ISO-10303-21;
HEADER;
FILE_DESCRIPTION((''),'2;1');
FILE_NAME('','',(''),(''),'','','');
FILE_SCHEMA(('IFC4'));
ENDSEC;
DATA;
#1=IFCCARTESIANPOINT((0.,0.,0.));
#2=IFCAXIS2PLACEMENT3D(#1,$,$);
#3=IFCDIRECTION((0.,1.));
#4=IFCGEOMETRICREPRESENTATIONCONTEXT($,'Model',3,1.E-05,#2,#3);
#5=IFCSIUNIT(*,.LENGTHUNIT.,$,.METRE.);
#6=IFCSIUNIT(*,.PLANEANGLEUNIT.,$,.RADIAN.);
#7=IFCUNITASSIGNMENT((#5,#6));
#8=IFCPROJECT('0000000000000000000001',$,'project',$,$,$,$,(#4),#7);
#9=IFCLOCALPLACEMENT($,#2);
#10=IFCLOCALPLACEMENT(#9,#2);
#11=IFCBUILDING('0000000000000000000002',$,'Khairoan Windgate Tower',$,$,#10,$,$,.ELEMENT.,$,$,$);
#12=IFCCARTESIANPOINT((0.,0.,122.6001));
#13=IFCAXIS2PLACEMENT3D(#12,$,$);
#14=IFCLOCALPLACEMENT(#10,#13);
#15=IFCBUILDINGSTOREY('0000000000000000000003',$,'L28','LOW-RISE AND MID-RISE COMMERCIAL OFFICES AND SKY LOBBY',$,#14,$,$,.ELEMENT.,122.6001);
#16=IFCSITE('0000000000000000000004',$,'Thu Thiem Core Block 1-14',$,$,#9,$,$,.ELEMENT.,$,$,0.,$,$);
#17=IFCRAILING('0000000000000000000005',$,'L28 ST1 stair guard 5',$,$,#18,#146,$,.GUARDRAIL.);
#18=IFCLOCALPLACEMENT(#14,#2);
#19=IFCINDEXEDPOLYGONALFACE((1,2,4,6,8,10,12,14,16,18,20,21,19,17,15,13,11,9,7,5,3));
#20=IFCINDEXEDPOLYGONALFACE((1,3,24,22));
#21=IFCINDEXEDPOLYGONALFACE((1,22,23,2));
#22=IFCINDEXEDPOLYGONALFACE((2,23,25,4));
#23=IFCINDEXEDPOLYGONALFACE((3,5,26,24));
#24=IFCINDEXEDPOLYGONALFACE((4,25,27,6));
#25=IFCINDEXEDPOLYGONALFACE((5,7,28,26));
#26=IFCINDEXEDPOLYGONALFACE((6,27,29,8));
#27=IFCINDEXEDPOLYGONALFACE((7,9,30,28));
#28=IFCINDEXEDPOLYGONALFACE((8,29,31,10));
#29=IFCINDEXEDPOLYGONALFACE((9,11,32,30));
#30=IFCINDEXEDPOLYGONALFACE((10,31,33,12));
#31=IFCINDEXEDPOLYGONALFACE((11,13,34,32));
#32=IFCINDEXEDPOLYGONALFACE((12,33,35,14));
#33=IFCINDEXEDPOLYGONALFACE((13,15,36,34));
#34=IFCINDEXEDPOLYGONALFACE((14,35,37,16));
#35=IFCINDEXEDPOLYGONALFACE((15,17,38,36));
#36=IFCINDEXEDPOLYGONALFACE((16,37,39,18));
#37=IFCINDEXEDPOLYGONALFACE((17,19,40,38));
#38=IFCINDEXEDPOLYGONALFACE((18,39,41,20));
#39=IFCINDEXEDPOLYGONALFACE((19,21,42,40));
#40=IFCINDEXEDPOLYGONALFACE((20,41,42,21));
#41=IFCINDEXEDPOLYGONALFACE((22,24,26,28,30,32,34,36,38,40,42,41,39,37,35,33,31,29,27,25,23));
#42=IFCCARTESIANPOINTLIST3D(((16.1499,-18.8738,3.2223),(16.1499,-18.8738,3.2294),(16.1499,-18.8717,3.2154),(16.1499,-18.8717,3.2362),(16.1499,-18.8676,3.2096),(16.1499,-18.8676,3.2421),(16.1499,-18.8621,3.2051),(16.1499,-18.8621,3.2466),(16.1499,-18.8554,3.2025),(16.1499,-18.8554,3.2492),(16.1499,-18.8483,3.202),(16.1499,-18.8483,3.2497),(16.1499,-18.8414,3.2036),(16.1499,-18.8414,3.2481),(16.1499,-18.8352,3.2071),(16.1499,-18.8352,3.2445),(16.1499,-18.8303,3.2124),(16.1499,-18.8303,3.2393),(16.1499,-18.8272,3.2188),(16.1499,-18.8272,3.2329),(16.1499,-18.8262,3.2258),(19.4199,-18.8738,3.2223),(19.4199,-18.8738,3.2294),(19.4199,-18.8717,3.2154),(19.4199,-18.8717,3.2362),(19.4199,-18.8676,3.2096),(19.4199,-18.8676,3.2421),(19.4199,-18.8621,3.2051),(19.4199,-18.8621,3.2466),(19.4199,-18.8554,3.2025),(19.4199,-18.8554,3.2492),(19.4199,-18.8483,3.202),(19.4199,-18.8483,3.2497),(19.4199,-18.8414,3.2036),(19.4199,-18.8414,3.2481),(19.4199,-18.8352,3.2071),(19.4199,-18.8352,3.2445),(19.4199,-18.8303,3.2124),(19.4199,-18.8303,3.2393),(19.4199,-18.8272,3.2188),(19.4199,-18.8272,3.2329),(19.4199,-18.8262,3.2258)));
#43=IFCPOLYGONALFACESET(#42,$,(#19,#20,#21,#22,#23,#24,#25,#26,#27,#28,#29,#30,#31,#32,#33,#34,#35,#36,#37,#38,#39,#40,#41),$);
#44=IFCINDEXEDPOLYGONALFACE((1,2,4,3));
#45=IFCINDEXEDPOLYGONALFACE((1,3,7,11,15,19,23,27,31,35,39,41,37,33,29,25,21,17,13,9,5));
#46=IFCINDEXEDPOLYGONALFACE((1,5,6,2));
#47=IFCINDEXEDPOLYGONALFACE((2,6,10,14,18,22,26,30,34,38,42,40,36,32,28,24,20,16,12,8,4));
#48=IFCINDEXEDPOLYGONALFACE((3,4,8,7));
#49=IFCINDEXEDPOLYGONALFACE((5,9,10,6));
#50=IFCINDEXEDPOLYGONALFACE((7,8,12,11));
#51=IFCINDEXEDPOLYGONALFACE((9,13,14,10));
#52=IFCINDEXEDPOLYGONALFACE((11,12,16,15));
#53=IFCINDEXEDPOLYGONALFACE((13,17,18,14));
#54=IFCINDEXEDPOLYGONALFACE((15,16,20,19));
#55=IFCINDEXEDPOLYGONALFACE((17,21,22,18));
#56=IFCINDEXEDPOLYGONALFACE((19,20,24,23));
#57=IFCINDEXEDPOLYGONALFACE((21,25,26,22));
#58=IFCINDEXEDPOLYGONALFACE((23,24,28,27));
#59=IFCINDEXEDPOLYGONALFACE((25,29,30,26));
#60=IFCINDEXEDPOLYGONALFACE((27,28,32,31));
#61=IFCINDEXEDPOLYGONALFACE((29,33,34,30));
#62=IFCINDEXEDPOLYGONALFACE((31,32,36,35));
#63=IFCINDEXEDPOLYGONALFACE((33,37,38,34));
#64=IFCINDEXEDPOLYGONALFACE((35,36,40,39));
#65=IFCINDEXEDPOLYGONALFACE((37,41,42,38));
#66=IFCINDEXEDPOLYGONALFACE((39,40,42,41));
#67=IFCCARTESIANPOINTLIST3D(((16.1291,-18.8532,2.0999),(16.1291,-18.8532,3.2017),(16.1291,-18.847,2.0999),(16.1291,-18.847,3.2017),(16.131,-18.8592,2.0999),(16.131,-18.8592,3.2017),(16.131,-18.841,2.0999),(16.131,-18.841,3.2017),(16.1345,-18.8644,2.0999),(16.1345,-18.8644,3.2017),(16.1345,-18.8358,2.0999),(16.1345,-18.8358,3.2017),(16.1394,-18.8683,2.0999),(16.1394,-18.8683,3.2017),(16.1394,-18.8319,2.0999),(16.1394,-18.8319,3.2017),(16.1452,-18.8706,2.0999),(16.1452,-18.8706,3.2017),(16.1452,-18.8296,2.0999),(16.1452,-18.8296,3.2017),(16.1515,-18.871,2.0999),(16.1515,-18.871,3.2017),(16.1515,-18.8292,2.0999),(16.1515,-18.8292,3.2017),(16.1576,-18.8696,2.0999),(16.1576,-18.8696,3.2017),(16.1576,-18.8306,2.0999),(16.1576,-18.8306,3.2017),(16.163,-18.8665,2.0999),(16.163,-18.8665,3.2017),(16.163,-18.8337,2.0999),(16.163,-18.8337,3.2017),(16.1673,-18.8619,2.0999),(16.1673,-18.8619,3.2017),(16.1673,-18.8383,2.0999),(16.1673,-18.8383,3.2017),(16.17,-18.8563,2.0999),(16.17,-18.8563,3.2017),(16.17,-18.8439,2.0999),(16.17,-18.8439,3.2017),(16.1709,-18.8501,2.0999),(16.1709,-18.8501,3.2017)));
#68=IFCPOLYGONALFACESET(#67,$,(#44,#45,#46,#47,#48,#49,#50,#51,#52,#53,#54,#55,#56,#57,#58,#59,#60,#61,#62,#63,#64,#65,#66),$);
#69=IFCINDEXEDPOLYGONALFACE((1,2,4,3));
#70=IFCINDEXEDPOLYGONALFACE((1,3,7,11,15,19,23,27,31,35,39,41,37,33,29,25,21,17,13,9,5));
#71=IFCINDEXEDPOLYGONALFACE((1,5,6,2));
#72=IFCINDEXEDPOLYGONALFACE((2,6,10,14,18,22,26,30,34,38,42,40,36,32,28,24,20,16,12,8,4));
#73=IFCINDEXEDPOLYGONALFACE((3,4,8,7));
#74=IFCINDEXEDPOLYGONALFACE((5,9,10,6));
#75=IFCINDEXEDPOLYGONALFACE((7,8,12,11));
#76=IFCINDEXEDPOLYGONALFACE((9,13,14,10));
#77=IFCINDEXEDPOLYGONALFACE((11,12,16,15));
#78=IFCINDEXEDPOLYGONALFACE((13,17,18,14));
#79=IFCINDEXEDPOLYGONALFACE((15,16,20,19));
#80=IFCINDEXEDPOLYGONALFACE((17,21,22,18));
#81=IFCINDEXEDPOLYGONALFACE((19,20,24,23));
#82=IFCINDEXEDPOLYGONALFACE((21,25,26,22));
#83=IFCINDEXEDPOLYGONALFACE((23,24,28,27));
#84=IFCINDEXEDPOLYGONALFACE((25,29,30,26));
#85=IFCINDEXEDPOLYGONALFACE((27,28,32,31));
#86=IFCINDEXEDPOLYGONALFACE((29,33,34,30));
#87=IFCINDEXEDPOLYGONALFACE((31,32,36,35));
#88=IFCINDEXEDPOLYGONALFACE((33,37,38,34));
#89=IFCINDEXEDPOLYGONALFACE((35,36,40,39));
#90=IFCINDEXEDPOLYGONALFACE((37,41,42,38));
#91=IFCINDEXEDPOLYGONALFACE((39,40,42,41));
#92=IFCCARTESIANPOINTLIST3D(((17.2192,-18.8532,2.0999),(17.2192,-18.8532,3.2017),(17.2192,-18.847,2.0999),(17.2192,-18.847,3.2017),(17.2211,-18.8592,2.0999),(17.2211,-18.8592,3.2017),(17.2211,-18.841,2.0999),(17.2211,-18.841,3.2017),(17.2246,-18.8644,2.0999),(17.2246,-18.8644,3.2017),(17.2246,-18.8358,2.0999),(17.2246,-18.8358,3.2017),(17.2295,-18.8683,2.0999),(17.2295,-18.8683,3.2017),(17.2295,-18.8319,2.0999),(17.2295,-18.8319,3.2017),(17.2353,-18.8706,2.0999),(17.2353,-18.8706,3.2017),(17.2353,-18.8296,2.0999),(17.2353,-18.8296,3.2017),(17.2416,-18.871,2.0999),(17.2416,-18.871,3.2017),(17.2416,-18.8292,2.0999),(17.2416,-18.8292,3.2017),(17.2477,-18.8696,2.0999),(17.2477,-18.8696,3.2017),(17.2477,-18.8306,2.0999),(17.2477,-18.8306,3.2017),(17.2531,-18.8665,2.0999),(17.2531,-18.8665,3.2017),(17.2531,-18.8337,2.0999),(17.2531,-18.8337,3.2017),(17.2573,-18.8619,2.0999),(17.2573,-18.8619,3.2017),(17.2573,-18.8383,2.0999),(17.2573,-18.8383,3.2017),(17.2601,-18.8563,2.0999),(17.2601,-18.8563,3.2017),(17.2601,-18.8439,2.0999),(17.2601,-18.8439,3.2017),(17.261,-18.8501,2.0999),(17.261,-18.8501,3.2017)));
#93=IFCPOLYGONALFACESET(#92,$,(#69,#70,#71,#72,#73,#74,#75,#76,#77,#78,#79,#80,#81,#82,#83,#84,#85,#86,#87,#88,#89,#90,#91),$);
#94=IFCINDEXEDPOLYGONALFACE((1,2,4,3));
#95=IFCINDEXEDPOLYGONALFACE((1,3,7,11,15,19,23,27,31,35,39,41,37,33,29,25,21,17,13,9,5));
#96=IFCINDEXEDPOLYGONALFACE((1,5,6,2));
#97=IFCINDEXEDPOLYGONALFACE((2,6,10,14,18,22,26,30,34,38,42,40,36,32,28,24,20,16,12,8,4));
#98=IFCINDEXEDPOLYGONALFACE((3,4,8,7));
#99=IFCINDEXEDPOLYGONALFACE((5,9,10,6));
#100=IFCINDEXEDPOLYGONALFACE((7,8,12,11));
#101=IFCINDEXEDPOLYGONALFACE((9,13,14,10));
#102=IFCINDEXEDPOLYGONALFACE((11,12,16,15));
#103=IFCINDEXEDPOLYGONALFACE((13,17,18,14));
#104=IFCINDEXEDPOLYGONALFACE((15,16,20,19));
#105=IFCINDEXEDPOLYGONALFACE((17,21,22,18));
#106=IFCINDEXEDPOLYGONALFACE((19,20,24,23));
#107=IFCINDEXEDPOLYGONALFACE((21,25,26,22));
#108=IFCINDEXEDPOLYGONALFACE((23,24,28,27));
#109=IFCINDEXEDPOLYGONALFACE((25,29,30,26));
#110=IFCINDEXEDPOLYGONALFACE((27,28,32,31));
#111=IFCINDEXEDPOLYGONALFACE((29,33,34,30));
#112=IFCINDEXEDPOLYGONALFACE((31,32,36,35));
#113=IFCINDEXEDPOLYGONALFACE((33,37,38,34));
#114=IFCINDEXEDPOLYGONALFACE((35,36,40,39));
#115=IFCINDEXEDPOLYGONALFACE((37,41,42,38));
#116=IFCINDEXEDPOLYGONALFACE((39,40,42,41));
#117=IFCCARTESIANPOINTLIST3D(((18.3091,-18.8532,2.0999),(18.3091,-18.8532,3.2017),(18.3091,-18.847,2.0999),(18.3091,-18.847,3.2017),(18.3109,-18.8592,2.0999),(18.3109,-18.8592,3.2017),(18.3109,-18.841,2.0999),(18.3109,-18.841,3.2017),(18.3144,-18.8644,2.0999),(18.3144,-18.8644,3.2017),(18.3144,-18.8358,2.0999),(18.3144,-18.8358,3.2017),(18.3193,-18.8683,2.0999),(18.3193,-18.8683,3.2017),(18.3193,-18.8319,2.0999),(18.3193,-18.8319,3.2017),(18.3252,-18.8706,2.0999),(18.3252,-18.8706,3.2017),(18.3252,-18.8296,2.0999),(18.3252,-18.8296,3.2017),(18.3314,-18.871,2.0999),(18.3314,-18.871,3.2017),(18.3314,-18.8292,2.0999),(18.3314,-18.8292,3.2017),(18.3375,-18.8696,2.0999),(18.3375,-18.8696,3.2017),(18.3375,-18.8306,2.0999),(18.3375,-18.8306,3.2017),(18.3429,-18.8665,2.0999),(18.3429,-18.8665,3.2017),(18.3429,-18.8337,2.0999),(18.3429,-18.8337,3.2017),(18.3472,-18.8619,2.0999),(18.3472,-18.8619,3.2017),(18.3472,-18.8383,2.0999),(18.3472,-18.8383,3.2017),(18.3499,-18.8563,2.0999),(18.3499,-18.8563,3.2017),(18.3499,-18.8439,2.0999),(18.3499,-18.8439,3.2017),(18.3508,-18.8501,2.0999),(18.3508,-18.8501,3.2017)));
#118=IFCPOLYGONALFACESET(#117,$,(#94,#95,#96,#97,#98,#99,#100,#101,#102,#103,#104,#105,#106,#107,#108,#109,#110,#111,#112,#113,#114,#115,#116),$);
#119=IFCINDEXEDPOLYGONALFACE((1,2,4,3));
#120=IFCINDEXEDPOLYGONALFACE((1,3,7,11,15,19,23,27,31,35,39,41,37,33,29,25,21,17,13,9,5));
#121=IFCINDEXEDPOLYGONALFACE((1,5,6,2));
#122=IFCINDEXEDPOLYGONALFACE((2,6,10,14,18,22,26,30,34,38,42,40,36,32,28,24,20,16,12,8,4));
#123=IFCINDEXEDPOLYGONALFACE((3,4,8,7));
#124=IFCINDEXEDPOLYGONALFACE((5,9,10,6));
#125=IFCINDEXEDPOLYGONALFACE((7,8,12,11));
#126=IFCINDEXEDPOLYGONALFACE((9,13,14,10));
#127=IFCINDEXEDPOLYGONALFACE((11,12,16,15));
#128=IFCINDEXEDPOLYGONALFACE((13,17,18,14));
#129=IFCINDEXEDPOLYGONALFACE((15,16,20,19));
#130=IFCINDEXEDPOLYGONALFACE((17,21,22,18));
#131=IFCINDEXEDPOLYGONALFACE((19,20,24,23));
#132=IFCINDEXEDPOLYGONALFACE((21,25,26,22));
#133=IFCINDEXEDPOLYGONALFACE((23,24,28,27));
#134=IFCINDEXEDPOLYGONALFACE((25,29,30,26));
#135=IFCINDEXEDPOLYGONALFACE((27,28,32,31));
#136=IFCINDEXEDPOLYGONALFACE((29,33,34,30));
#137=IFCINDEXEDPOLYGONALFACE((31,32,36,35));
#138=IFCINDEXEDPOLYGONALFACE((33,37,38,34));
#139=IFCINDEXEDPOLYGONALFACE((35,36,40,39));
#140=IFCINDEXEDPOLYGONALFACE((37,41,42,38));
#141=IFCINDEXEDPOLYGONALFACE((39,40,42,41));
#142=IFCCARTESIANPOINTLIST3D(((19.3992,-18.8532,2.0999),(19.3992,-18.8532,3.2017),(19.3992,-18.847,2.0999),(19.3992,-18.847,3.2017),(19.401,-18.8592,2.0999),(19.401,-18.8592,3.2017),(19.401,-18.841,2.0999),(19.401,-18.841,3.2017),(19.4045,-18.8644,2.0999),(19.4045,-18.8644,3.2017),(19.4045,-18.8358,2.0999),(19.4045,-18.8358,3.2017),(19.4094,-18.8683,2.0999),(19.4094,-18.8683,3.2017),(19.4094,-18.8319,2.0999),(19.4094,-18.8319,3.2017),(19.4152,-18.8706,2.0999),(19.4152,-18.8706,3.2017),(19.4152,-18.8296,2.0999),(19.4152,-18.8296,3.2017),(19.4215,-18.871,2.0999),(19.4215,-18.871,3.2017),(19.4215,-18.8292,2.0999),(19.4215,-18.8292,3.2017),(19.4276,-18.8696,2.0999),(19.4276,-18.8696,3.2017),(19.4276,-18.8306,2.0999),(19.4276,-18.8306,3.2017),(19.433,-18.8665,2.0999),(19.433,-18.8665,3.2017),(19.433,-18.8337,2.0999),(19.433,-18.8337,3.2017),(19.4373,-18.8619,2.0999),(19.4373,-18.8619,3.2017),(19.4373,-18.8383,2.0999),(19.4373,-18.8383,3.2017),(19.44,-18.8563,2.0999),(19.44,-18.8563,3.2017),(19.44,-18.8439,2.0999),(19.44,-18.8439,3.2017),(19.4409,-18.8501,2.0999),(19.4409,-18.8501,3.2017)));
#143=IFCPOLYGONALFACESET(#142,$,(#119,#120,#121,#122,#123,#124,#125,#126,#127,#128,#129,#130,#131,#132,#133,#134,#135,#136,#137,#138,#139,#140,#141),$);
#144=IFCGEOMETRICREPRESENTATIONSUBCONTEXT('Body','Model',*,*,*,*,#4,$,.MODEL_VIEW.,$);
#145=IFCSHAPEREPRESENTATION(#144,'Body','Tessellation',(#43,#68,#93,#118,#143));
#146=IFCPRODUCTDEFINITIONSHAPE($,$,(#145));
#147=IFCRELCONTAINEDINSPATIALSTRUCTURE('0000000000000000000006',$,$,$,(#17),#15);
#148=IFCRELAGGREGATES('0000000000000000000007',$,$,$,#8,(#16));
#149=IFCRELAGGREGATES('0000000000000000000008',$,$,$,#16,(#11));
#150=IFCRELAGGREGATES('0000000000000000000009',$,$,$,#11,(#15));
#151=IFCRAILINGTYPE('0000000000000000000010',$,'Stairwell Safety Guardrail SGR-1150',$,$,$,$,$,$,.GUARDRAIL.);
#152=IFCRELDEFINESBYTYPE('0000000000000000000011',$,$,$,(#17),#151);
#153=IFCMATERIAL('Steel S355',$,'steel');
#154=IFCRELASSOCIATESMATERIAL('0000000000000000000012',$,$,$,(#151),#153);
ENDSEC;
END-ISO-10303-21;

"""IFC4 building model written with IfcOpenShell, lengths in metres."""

from ifc_helpers import new_model, si_unit, direction, frame, origin, origin_2d, place, context, subcontext, project, spatial, circle, extrude, material, type_object, element, save


model = new_model("IFC4")

# Units and contexts
model_context = context("Model", 3, precision=1e-05, world=origin(), true_north=direction((0.0, 1.0)))
body_context = subcontext(model_context, "Body", "Model", "MODEL_VIEW")
ifc_project = project(units=[si_unit("LENGTHUNIT", "METRE"), si_unit("PLANEANGLEUNIT", "RADIAN")], contexts=[model_context])

# Site, building, storey
site_placement = place(None, origin())
site = spatial("IfcSite", under=ifc_project, at=site_placement, Name="Thu Thiem Core Block 1-14", CompositionType="ELEMENT", RefElevation=0.0)
building_placement = place(site_placement, origin())
building = spatial("IfcBuilding", under=site, at=building_placement, Name="Khairoan Windgate Tower", CompositionType="ELEMENT")
storey_placement = place(building_placement, frame((0.0, 0.0, 122.6001)))
storey = spatial("IfcBuildingStorey", under=building, at=storey_placement, Name="L28", Description="LOW-RISE AND MID-RISE COMMERCIAL OFFICES AND SKY LOBBY", CompositionType="ELEMENT", Elevation=122.6001)

# Railing
ifc_material_1 = material(Name="Steel S355", Category="steel")
railing_type_1 = type_object("IfcRailingType", Name="Stairwell Safety Guardrail SGR-1150", PredefinedType="GUARDRAIL", material=ifc_material_1)
railing_1_placement = place(storey_placement, frame((16.1499, -18.8501, 2.0999)))
element("IfcRailing", 1, at=railing_1_placement, inside=storey, type_object=railing_type_1, Name="L28 ST1 stair guard 5", PredefinedType="GUARDRAIL", context=body_context, shape_type="SweptSolid", body=[
    extrude(circle(Radius=0.0239, at=origin_2d()), frame((0.0, 0.0, 1.126), z_axis=(1.0, 0.0, 0.0), x_axis=(0.0, 1.0, 0.0)), (0.0, 0.0, 1.0), 3.27),
    extrude(circle(Radius=0.021, at=origin_2d()), origin(), (0.0, 0.0, 1.0), 1.1018),
    extrude(circle(Radius=0.021, at=origin_2d()), frame((1.0901, 0.0, 0.0)), (0.0, 0.0, 1.0), 1.1018),
    extrude(circle(Radius=0.021, at=origin_2d()), frame((2.1799, 0.0, 0.0)), (0.0, 0.0, 1.0), 1.1018),
    extrude(circle(Radius=0.021, at=origin_2d()), frame((3.27, 0.0, 0.0)), (0.0, 0.0, 1.0), 1.1018),
])

save(model, "model.ifc")
